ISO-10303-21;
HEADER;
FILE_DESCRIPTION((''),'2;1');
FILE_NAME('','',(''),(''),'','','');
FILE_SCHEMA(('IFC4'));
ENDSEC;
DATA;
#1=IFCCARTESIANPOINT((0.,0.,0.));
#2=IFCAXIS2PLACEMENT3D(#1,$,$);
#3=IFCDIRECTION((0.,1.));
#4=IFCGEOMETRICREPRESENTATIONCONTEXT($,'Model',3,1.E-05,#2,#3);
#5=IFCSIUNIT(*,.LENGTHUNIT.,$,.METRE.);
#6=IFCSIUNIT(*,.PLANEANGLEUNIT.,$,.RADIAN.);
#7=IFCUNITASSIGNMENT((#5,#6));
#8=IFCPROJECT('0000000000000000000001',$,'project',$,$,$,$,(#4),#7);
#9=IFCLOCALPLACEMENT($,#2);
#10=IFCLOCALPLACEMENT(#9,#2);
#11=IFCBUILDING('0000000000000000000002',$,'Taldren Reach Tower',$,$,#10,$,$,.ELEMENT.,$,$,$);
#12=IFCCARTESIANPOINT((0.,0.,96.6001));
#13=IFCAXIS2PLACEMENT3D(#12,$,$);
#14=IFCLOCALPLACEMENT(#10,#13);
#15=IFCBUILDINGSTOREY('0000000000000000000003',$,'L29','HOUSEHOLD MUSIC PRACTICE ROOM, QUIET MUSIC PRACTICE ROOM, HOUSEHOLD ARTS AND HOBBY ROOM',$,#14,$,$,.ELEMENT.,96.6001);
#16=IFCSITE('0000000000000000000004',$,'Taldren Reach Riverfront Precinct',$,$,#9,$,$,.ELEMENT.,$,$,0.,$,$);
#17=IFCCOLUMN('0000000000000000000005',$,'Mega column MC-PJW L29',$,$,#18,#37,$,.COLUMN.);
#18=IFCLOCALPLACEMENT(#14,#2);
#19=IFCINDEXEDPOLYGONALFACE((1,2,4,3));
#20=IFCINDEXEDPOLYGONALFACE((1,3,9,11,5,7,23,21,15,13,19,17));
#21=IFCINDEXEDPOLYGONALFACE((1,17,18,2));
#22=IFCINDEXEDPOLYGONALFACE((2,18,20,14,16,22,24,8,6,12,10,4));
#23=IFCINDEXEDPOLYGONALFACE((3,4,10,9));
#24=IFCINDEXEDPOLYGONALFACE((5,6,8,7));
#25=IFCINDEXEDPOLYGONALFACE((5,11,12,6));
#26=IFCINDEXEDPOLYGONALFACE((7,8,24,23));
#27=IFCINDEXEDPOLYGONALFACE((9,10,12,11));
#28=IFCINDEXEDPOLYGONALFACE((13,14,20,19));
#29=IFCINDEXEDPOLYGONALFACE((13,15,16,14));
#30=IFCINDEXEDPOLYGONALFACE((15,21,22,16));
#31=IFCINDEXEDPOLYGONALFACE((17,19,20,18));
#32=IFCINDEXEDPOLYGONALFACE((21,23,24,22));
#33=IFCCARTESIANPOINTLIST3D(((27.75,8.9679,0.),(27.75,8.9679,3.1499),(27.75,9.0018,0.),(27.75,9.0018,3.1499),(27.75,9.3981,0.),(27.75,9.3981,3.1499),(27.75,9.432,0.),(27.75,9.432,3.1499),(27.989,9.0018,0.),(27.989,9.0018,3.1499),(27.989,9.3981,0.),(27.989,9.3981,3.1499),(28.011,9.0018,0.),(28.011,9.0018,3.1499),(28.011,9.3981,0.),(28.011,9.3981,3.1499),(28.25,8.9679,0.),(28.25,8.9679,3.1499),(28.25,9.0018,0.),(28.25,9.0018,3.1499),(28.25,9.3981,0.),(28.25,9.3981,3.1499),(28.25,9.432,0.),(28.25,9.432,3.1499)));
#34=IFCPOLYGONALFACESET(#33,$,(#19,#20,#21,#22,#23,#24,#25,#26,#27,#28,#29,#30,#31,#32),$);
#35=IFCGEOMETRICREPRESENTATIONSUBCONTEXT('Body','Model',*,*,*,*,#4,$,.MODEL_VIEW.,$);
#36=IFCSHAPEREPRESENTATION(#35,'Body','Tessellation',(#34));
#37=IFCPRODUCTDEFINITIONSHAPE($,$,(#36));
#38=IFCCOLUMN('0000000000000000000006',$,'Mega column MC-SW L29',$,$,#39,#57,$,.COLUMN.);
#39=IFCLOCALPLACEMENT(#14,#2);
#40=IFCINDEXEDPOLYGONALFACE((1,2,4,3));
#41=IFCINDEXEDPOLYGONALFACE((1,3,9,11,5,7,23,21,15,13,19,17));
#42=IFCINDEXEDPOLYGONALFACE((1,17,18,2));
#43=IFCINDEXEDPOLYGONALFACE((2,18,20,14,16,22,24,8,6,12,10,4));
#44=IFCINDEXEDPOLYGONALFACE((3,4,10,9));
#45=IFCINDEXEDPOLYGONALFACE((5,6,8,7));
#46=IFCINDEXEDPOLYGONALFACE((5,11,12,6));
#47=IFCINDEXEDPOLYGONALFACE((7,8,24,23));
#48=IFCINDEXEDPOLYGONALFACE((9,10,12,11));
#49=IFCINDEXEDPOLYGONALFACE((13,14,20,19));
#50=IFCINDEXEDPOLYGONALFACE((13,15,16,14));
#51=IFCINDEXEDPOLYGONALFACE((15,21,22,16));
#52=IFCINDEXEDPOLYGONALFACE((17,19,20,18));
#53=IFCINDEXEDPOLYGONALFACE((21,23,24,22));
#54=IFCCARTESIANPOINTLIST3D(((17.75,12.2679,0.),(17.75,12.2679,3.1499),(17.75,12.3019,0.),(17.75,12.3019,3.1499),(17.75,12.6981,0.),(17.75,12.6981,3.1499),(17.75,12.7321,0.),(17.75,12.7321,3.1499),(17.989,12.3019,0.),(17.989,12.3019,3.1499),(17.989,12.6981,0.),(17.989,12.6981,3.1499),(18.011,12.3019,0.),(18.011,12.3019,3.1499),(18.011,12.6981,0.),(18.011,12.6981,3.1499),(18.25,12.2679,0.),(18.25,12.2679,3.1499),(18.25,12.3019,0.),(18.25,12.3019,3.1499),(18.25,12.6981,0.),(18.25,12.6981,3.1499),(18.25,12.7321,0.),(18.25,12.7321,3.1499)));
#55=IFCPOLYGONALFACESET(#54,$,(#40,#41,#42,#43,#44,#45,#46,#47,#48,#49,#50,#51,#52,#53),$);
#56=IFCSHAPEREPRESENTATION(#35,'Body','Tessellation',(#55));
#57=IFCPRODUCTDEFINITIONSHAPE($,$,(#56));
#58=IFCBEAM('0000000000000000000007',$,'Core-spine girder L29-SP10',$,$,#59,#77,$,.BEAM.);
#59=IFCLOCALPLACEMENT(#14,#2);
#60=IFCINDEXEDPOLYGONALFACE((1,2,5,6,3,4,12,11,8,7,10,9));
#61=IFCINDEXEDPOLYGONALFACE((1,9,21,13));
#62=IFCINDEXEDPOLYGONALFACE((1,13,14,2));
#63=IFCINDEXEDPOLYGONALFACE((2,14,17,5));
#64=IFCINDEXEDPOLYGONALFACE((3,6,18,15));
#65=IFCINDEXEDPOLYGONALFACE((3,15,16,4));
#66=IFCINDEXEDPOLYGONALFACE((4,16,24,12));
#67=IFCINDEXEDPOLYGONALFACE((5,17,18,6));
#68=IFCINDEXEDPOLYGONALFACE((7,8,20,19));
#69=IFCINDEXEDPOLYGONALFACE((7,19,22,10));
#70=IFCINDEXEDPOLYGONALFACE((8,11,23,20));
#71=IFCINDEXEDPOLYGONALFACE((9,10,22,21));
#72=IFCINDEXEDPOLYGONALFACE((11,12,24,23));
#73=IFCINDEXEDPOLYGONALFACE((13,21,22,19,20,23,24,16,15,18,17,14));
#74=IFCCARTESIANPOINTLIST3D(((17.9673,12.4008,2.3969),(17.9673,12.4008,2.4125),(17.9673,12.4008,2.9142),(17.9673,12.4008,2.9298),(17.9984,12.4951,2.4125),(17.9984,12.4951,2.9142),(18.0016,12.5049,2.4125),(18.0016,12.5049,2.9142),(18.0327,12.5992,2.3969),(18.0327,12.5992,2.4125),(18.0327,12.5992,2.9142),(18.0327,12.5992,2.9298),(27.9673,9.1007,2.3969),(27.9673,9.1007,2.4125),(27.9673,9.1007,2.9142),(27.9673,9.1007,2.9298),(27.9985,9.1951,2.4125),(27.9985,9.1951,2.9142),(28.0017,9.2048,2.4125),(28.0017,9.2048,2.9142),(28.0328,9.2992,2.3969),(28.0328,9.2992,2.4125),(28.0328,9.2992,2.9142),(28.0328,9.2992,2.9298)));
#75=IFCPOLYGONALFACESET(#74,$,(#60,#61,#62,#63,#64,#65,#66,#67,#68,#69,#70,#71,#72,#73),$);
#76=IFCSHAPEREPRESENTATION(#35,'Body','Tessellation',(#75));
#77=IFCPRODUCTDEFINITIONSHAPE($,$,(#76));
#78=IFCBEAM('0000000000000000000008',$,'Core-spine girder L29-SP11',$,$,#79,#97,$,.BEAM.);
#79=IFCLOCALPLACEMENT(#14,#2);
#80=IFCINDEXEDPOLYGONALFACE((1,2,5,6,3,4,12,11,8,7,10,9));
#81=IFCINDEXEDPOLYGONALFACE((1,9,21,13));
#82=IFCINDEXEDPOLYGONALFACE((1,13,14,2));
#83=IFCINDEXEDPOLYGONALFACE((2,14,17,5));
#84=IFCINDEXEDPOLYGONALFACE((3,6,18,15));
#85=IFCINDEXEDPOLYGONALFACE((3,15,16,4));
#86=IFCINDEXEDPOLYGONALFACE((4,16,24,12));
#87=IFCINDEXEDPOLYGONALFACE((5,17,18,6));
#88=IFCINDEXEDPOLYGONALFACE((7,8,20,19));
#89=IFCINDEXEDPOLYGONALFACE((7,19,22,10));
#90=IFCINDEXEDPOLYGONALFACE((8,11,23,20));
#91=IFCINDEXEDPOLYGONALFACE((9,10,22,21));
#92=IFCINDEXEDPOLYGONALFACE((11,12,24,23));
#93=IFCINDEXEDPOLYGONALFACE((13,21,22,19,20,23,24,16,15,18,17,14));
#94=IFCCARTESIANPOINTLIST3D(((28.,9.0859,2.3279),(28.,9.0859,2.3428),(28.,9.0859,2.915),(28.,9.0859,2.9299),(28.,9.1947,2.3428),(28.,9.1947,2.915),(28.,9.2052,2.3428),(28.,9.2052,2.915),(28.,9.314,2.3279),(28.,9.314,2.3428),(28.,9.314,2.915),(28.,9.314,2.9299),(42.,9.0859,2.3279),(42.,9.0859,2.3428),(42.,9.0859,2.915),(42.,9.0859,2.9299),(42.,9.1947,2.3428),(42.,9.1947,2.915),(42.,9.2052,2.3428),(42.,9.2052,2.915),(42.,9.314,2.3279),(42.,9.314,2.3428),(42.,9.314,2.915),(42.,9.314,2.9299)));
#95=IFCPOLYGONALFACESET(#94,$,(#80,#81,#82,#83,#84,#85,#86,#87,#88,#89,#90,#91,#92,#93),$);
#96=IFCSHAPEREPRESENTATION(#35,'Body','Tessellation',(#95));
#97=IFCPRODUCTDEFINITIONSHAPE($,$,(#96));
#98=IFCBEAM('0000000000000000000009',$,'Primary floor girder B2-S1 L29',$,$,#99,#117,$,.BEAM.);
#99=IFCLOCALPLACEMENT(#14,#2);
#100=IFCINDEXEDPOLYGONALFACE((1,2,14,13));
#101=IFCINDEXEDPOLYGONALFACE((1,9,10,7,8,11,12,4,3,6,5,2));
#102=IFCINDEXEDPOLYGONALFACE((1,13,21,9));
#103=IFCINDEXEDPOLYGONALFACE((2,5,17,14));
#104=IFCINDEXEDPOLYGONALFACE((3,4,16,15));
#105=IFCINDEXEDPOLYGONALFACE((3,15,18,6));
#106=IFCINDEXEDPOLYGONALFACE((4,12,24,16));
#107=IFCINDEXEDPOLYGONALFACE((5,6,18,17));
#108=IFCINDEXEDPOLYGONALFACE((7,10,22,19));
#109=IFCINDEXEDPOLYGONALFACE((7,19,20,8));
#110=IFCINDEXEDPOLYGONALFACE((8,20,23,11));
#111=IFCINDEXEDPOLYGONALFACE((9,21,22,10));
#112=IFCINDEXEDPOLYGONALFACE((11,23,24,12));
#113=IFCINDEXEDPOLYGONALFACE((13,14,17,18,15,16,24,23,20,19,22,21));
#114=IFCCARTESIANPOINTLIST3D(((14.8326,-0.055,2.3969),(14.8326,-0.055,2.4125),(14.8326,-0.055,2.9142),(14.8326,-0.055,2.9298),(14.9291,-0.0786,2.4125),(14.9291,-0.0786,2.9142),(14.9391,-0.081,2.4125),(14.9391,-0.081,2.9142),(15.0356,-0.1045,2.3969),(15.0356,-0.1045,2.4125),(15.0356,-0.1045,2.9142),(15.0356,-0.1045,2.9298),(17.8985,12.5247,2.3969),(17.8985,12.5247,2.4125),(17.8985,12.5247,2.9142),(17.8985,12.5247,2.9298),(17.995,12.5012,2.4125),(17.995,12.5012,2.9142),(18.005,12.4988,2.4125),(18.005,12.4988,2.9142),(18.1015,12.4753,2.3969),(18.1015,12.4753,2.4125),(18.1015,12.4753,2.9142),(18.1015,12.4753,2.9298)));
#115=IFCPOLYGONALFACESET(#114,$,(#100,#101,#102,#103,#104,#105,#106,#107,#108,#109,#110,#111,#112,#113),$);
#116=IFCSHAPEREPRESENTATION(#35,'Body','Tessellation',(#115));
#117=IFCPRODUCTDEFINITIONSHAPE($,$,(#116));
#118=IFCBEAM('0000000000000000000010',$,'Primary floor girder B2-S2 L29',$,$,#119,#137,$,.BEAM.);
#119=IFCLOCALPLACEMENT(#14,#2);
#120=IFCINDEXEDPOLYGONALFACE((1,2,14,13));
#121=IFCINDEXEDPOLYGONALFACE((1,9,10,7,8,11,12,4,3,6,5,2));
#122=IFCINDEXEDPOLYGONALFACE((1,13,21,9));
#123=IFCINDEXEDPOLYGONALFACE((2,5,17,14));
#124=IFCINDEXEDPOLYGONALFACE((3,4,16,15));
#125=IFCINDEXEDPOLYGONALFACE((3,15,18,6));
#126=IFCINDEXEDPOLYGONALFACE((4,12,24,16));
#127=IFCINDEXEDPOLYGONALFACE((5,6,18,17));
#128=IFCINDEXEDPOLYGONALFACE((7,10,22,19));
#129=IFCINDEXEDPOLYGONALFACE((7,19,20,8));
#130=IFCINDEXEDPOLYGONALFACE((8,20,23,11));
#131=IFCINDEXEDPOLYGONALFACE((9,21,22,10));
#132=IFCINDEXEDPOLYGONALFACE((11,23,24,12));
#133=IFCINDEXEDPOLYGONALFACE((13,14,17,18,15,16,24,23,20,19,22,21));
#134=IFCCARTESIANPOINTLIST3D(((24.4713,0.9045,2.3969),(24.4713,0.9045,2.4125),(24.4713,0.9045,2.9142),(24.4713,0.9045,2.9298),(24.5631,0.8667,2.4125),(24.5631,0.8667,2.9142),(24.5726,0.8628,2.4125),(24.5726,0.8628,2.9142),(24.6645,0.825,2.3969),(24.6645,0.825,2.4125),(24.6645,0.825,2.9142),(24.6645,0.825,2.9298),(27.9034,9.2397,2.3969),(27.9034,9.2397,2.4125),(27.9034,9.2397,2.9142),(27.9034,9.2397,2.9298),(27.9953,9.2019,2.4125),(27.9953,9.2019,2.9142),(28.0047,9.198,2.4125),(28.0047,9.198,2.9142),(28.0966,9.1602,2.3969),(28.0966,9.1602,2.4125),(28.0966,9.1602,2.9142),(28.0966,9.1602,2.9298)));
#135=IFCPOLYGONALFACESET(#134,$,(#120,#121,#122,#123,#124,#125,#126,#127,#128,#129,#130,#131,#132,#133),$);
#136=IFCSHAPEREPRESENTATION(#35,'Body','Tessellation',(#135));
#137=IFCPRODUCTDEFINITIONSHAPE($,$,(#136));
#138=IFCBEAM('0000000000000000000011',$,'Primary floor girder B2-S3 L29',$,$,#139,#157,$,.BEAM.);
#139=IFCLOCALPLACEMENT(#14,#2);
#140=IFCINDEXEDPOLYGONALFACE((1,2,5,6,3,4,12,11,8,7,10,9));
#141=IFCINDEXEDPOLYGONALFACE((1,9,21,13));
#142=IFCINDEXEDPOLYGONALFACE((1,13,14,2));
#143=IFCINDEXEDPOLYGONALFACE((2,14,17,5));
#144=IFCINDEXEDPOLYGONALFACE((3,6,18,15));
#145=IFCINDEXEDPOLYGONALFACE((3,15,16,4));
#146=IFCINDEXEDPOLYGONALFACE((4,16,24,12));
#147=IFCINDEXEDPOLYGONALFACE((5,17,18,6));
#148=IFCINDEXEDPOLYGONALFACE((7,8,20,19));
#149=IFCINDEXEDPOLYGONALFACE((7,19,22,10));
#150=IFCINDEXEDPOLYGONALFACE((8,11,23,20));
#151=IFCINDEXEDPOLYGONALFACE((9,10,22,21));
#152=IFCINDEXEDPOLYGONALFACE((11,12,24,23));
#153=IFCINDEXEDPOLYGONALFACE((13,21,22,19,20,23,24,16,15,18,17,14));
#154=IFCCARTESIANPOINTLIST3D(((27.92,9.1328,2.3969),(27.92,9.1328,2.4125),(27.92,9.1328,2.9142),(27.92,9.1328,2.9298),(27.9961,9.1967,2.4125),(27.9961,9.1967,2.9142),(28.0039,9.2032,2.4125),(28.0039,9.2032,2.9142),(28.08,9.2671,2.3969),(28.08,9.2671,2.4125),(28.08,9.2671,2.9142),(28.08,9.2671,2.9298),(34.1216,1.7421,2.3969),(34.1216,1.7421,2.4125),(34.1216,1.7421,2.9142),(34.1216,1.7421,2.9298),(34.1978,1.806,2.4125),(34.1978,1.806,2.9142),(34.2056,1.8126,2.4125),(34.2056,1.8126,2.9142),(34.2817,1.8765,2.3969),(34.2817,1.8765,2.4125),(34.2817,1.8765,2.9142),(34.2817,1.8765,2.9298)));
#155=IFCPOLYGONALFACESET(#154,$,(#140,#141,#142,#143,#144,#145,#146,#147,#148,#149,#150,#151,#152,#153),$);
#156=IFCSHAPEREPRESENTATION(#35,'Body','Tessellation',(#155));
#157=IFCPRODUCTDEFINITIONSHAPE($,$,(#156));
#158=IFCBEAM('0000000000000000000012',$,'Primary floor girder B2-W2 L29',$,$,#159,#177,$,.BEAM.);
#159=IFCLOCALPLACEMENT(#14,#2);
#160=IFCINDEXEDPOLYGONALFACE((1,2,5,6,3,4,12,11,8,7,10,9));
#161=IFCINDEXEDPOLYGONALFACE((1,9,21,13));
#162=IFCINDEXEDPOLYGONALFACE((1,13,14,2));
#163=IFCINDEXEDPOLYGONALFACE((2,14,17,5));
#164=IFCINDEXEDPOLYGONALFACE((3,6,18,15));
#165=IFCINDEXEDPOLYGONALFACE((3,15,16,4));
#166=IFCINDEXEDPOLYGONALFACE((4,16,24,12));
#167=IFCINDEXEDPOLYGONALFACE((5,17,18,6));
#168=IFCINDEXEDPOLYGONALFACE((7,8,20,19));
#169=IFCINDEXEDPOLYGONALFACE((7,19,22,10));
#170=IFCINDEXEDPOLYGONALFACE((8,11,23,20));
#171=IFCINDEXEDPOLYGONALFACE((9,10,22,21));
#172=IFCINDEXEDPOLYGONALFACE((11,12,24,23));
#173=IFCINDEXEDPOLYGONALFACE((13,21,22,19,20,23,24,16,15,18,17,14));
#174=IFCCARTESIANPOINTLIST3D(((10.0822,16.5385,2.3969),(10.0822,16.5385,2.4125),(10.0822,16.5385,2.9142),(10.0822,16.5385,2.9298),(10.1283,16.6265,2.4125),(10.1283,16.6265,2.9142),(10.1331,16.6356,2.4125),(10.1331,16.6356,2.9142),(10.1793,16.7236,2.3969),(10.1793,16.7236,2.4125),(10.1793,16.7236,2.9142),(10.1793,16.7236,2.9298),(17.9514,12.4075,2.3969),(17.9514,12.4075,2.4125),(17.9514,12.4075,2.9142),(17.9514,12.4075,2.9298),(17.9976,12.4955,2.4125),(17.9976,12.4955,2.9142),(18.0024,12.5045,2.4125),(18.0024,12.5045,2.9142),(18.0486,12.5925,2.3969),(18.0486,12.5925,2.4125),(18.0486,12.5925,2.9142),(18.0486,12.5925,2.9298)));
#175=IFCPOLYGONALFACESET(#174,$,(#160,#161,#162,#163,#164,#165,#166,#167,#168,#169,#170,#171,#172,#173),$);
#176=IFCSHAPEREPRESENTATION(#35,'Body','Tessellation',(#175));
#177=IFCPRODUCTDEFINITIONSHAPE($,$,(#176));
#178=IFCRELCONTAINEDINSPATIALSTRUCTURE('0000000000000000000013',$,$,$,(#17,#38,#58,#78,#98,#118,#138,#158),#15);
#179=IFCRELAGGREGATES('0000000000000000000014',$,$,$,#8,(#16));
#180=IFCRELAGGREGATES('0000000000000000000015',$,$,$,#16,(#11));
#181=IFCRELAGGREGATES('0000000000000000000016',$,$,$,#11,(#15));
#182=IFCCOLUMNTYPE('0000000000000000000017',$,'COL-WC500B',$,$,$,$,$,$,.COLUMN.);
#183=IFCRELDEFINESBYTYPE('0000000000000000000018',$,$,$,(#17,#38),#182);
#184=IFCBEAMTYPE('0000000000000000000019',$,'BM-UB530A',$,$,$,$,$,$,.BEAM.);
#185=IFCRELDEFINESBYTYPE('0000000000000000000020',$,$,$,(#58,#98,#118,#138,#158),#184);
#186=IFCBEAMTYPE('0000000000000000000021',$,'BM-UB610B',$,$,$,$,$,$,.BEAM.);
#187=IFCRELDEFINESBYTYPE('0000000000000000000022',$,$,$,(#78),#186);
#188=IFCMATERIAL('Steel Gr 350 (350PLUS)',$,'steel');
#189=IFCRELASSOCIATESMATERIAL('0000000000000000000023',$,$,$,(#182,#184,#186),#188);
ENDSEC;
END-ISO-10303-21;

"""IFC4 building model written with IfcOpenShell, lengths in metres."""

from ifc_helpers import new_model, si_unit, direction, frame, origin, origin_2d, place, context, subcontext, project, spatial, i_section, extrude, source, transform, mapped, material, material_profile, profile_set, type_object, element, save


model = new_model("IFC4")

# Units and contexts
model_context = context("Model", 3, precision=1e-05, world=origin(), true_north=direction((0.0, 1.0)))
body_context = subcontext(model_context, "Body", "Model", "MODEL_VIEW")
ifc_project = project(units=[si_unit("LENGTHUNIT", "METRE"), si_unit("PLANEANGLEUNIT", "RADIAN")], contexts=[model_context])

# Site, building, storey
site_placement = place(None, origin())
site = spatial("IfcSite", under=ifc_project, at=site_placement, Name="Taldren Reach Riverfront Precinct", CompositionType="ELEMENT", RefElevation=0.0)
building_placement = place(site_placement, origin())
building = spatial("IfcBuilding", under=site, at=building_placement, Name="Taldren Reach Tower", CompositionType="ELEMENT")
storey_placement = place(building_placement, frame((0.0, 0.0, 96.6001)))
storey = spatial("IfcBuildingStorey", under=building, at=storey_placement, Name="L29", Description="HOUSEHOLD MUSIC PRACTICE ROOM, QUIET MUSIC PRACTICE ROOM, HOUSEHOLD ARTS AND HOBBY ROOM", CompositionType="ELEMENT", Elevation=96.6001)

# Columns
ifc_material_1 = material(Name="Steel Gr 350 (350PLUS)", Category="steel")
ifc_material_profile_1 = material_profile(ifc_material_1, i_section(OverallWidth=0.5, OverallDepth=0.4641, WebThickness=0.022, FlangeThickness=0.0339, at=origin_2d()), Name="500WC340")
ifc_profile_set_1 = profile_set([ifc_material_profile_1], Name="Steel Gr 350 (350PLUS)")
column_type = type_object("IfcColumnType", Name="COL-WC500B", PredefinedType="COLUMN", material=ifc_profile_set_1)
shared_shape_1 = source(origin(), body_context, "Body", "SweptSolid", [
    extrude(i_section(OverallWidth=0.5, OverallDepth=0.4641, WebThickness=0.022, FlangeThickness=0.0339, at=origin_2d()), origin(), (0.0, 0.0, 1.0), 3.1499),
])
for number, where, z_axis, x_axis, name in (
    (1, (28.0, 9.2, 0.0), (0.0, 0.0, 1.0), (1.0, 0.0, 0.0), "Mega column MC-PJW L29"),
    (2, (18.0, 12.5, 0.0), (0.0, 0.0, 1.0), (1.0, 0.0, 0.0), "Mega column MC-SW L29"),
):
    element("IfcColumn", number, at=place(storey_placement, frame(where, z_axis=z_axis, x_axis=x_axis)), inside=storey, type_object=column_type, Name=name, PredefinedType="COLUMN", context=body_context, shape_type="MappedRepresentation", body=[
        mapped(shared_shape_1, transform((0.0, 0.0, 0.0), scale=1.0)),
    ])

# Beams
ifc_material_profile_2 = material_profile(ifc_material_1, i_section(OverallWidth=0.209, OverallDepth=0.533, WebThickness=0.0103, FlangeThickness=0.0156, at=origin_2d()), Name="530UB92.4")
ifc_profile_set_2 = profile_set([ifc_material_profile_2], Name="Steel Gr 350 (350PLUS)")
beam_type_1 = type_object("IfcBeamType", Name="BM-UB530A", PredefinedType="BEAM", material=ifc_profile_set_2)
shared_shape_2 = source(origin(), body_context, "Body", "SweptSolid", [
    extrude(i_section(OverallWidth=0.209, OverallDepth=0.533, WebThickness=0.0103, FlangeThickness=0.0156, at=origin_2d()), origin(), (0.0, 0.0, 1.0), 10.5305),
])
beam_1_placement = place(storey_placement, frame((18.0, 12.5, 2.6633), z_axis=(0.949627, -0.313382, 0.0), x_axis=(0.313382, 0.949627, 0.0)))
element("IfcBeam", 3, at=beam_1_placement, inside=storey, type_object=beam_type_1, Name="Core-spine girder L29-SP10", PredefinedType="BEAM", context=body_context, shape_type="MappedRepresentation", body=[
    mapped(shared_shape_2, transform((0.0, 0.0, 0.0), scale=1.0)),
])
ifc_material_profile_3 = material_profile(ifc_material_1, i_section(OverallWidth=0.228, OverallDepth=0.6021, WebThickness=0.0105, FlangeThickness=0.0149, at=origin_2d()), Name="610UB101")
ifc_profile_set_3 = profile_set([ifc_material_profile_3], Name="Steel Gr 350 (350PLUS)")
beam_type_2 = type_object("IfcBeamType", Name="BM-UB610B", PredefinedType="BEAM", material=ifc_profile_set_3)
shared_shape_3 = source(origin(), body_context, "Body", "SweptSolid", [
    extrude(i_section(OverallWidth=0.228, OverallDepth=0.6021, WebThickness=0.0105, FlangeThickness=0.0149, at=origin_2d()), origin(), (0.0, 0.0, 1.0), 14.0),
])
beam_2_placement = place(storey_placement, frame((28.0, 9.2, 2.6289), z_axis=(1.0, 0.0, 0.0), x_axis=(0.0, 1.0, 0.0)))
element("IfcBeam", 4, at=beam_2_placement, inside=storey, type_object=beam_type_2, Name="Core-spine girder L29-SP11", PredefinedType="BEAM", context=body_context, shape_type="MappedRepresentation", body=[
    mapped(shared_shape_3, transform((0.0, 0.0, 0.0), scale=1.0)),
])
shared_shape_4 = source(origin(), body_context, "Body", "SweptSolid", [
    extrude(i_section(OverallWidth=0.209, OverallDepth=0.533, WebThickness=0.0103, FlangeThickness=0.0156, at=origin_2d()), origin(), (0.0, 0.0, 1.0), 12.948),
])
beam_3_placement = place(storey_placement, frame((18.0, 12.5, 2.6633), z_axis=(-0.236786, -0.971562, 0.0), x_axis=(0.971562, -0.236786, 0.0)))
element("IfcBeam", 5, at=beam_3_placement, inside=storey, type_object=beam_type_1, Name="Primary floor girder B2-S1 L29", PredefinedType="BEAM", context=body_context, shape_type="MappedRepresentation", body=[
    mapped(shared_shape_4, transform((0.0, 0.0, 0.0), scale=1.0)),
])
shared_shape_5 = source(origin(), body_context, "Body", "SweptSolid", [
    extrude(i_section(OverallWidth=0.209, OverallDepth=0.533, WebThickness=0.0103, FlangeThickness=0.0156, at=origin_2d()), origin(), (0.0, 0.0, 1.0), 9.0142),
])
beam_4_placement = place(storey_placement, frame((28.0, 9.2, 2.6633), z_axis=(-0.380748, -0.924679, 0.0), x_axis=(0.924679, -0.380748, 0.0)))
element("IfcBeam", 6, at=beam_4_placement, inside=storey, type_object=beam_type_1, Name="Primary floor girder B2-S2 L29", PredefinedType="BEAM", context=body_context, shape_type="MappedRepresentation", body=[
    mapped(shared_shape_5, transform((0.0, 0.0, 0.0), scale=1.0)),
])
shared_shape_6 = source(origin(), body_context, "Body", "SweptSolid", [
    extrude(i_section(OverallWidth=0.209, OverallDepth=0.533, WebThickness=0.0103, FlangeThickness=0.0156, at=origin_2d()), origin(), (0.0, 0.0, 1.0), 9.6479),
])
beam_5_placement = place(storey_placement, frame((28.0, 9.2, 2.6633), z_axis=(0.642799, -0.766035, 0.0), x_axis=(0.766035, 0.642799, 0.0)))
element("IfcBeam", 7, at=beam_5_placement, inside=storey, type_object=beam_type_1, Name="Primary floor girder B2-S3 L29", PredefinedType="BEAM", context=body_context, shape_type="MappedRepresentation", body=[
    mapped(shared_shape_6, transform((0.0, 0.0, 0.0), scale=1.0)),
])
shared_shape_7 = source(origin(), body_context, "Body", "SweptSolid", [
    extrude(i_section(OverallWidth=0.209, OverallDepth=0.533, WebThickness=0.0103, FlangeThickness=0.0156, at=origin_2d()), origin(), (0.0, 0.0, 1.0), 8.8877),
])
beam_6_placement = place(storey_placement, frame((18.0, 12.5, 2.6633), z_axis=(-0.885413, 0.464805, 0.0), x_axis=(-0.464805, -0.885413, 0.0)))
element("IfcBeam", 8, at=beam_6_placement, inside=storey, type_object=beam_type_1, Name="Primary floor girder B2-W2 L29", PredefinedType="BEAM", context=body_context, shape_type="MappedRepresentation", body=[
    mapped(shared_shape_7, transform((0.0, 0.0, 0.0), scale=1.0)),
])

save(model, "model.ifc")
